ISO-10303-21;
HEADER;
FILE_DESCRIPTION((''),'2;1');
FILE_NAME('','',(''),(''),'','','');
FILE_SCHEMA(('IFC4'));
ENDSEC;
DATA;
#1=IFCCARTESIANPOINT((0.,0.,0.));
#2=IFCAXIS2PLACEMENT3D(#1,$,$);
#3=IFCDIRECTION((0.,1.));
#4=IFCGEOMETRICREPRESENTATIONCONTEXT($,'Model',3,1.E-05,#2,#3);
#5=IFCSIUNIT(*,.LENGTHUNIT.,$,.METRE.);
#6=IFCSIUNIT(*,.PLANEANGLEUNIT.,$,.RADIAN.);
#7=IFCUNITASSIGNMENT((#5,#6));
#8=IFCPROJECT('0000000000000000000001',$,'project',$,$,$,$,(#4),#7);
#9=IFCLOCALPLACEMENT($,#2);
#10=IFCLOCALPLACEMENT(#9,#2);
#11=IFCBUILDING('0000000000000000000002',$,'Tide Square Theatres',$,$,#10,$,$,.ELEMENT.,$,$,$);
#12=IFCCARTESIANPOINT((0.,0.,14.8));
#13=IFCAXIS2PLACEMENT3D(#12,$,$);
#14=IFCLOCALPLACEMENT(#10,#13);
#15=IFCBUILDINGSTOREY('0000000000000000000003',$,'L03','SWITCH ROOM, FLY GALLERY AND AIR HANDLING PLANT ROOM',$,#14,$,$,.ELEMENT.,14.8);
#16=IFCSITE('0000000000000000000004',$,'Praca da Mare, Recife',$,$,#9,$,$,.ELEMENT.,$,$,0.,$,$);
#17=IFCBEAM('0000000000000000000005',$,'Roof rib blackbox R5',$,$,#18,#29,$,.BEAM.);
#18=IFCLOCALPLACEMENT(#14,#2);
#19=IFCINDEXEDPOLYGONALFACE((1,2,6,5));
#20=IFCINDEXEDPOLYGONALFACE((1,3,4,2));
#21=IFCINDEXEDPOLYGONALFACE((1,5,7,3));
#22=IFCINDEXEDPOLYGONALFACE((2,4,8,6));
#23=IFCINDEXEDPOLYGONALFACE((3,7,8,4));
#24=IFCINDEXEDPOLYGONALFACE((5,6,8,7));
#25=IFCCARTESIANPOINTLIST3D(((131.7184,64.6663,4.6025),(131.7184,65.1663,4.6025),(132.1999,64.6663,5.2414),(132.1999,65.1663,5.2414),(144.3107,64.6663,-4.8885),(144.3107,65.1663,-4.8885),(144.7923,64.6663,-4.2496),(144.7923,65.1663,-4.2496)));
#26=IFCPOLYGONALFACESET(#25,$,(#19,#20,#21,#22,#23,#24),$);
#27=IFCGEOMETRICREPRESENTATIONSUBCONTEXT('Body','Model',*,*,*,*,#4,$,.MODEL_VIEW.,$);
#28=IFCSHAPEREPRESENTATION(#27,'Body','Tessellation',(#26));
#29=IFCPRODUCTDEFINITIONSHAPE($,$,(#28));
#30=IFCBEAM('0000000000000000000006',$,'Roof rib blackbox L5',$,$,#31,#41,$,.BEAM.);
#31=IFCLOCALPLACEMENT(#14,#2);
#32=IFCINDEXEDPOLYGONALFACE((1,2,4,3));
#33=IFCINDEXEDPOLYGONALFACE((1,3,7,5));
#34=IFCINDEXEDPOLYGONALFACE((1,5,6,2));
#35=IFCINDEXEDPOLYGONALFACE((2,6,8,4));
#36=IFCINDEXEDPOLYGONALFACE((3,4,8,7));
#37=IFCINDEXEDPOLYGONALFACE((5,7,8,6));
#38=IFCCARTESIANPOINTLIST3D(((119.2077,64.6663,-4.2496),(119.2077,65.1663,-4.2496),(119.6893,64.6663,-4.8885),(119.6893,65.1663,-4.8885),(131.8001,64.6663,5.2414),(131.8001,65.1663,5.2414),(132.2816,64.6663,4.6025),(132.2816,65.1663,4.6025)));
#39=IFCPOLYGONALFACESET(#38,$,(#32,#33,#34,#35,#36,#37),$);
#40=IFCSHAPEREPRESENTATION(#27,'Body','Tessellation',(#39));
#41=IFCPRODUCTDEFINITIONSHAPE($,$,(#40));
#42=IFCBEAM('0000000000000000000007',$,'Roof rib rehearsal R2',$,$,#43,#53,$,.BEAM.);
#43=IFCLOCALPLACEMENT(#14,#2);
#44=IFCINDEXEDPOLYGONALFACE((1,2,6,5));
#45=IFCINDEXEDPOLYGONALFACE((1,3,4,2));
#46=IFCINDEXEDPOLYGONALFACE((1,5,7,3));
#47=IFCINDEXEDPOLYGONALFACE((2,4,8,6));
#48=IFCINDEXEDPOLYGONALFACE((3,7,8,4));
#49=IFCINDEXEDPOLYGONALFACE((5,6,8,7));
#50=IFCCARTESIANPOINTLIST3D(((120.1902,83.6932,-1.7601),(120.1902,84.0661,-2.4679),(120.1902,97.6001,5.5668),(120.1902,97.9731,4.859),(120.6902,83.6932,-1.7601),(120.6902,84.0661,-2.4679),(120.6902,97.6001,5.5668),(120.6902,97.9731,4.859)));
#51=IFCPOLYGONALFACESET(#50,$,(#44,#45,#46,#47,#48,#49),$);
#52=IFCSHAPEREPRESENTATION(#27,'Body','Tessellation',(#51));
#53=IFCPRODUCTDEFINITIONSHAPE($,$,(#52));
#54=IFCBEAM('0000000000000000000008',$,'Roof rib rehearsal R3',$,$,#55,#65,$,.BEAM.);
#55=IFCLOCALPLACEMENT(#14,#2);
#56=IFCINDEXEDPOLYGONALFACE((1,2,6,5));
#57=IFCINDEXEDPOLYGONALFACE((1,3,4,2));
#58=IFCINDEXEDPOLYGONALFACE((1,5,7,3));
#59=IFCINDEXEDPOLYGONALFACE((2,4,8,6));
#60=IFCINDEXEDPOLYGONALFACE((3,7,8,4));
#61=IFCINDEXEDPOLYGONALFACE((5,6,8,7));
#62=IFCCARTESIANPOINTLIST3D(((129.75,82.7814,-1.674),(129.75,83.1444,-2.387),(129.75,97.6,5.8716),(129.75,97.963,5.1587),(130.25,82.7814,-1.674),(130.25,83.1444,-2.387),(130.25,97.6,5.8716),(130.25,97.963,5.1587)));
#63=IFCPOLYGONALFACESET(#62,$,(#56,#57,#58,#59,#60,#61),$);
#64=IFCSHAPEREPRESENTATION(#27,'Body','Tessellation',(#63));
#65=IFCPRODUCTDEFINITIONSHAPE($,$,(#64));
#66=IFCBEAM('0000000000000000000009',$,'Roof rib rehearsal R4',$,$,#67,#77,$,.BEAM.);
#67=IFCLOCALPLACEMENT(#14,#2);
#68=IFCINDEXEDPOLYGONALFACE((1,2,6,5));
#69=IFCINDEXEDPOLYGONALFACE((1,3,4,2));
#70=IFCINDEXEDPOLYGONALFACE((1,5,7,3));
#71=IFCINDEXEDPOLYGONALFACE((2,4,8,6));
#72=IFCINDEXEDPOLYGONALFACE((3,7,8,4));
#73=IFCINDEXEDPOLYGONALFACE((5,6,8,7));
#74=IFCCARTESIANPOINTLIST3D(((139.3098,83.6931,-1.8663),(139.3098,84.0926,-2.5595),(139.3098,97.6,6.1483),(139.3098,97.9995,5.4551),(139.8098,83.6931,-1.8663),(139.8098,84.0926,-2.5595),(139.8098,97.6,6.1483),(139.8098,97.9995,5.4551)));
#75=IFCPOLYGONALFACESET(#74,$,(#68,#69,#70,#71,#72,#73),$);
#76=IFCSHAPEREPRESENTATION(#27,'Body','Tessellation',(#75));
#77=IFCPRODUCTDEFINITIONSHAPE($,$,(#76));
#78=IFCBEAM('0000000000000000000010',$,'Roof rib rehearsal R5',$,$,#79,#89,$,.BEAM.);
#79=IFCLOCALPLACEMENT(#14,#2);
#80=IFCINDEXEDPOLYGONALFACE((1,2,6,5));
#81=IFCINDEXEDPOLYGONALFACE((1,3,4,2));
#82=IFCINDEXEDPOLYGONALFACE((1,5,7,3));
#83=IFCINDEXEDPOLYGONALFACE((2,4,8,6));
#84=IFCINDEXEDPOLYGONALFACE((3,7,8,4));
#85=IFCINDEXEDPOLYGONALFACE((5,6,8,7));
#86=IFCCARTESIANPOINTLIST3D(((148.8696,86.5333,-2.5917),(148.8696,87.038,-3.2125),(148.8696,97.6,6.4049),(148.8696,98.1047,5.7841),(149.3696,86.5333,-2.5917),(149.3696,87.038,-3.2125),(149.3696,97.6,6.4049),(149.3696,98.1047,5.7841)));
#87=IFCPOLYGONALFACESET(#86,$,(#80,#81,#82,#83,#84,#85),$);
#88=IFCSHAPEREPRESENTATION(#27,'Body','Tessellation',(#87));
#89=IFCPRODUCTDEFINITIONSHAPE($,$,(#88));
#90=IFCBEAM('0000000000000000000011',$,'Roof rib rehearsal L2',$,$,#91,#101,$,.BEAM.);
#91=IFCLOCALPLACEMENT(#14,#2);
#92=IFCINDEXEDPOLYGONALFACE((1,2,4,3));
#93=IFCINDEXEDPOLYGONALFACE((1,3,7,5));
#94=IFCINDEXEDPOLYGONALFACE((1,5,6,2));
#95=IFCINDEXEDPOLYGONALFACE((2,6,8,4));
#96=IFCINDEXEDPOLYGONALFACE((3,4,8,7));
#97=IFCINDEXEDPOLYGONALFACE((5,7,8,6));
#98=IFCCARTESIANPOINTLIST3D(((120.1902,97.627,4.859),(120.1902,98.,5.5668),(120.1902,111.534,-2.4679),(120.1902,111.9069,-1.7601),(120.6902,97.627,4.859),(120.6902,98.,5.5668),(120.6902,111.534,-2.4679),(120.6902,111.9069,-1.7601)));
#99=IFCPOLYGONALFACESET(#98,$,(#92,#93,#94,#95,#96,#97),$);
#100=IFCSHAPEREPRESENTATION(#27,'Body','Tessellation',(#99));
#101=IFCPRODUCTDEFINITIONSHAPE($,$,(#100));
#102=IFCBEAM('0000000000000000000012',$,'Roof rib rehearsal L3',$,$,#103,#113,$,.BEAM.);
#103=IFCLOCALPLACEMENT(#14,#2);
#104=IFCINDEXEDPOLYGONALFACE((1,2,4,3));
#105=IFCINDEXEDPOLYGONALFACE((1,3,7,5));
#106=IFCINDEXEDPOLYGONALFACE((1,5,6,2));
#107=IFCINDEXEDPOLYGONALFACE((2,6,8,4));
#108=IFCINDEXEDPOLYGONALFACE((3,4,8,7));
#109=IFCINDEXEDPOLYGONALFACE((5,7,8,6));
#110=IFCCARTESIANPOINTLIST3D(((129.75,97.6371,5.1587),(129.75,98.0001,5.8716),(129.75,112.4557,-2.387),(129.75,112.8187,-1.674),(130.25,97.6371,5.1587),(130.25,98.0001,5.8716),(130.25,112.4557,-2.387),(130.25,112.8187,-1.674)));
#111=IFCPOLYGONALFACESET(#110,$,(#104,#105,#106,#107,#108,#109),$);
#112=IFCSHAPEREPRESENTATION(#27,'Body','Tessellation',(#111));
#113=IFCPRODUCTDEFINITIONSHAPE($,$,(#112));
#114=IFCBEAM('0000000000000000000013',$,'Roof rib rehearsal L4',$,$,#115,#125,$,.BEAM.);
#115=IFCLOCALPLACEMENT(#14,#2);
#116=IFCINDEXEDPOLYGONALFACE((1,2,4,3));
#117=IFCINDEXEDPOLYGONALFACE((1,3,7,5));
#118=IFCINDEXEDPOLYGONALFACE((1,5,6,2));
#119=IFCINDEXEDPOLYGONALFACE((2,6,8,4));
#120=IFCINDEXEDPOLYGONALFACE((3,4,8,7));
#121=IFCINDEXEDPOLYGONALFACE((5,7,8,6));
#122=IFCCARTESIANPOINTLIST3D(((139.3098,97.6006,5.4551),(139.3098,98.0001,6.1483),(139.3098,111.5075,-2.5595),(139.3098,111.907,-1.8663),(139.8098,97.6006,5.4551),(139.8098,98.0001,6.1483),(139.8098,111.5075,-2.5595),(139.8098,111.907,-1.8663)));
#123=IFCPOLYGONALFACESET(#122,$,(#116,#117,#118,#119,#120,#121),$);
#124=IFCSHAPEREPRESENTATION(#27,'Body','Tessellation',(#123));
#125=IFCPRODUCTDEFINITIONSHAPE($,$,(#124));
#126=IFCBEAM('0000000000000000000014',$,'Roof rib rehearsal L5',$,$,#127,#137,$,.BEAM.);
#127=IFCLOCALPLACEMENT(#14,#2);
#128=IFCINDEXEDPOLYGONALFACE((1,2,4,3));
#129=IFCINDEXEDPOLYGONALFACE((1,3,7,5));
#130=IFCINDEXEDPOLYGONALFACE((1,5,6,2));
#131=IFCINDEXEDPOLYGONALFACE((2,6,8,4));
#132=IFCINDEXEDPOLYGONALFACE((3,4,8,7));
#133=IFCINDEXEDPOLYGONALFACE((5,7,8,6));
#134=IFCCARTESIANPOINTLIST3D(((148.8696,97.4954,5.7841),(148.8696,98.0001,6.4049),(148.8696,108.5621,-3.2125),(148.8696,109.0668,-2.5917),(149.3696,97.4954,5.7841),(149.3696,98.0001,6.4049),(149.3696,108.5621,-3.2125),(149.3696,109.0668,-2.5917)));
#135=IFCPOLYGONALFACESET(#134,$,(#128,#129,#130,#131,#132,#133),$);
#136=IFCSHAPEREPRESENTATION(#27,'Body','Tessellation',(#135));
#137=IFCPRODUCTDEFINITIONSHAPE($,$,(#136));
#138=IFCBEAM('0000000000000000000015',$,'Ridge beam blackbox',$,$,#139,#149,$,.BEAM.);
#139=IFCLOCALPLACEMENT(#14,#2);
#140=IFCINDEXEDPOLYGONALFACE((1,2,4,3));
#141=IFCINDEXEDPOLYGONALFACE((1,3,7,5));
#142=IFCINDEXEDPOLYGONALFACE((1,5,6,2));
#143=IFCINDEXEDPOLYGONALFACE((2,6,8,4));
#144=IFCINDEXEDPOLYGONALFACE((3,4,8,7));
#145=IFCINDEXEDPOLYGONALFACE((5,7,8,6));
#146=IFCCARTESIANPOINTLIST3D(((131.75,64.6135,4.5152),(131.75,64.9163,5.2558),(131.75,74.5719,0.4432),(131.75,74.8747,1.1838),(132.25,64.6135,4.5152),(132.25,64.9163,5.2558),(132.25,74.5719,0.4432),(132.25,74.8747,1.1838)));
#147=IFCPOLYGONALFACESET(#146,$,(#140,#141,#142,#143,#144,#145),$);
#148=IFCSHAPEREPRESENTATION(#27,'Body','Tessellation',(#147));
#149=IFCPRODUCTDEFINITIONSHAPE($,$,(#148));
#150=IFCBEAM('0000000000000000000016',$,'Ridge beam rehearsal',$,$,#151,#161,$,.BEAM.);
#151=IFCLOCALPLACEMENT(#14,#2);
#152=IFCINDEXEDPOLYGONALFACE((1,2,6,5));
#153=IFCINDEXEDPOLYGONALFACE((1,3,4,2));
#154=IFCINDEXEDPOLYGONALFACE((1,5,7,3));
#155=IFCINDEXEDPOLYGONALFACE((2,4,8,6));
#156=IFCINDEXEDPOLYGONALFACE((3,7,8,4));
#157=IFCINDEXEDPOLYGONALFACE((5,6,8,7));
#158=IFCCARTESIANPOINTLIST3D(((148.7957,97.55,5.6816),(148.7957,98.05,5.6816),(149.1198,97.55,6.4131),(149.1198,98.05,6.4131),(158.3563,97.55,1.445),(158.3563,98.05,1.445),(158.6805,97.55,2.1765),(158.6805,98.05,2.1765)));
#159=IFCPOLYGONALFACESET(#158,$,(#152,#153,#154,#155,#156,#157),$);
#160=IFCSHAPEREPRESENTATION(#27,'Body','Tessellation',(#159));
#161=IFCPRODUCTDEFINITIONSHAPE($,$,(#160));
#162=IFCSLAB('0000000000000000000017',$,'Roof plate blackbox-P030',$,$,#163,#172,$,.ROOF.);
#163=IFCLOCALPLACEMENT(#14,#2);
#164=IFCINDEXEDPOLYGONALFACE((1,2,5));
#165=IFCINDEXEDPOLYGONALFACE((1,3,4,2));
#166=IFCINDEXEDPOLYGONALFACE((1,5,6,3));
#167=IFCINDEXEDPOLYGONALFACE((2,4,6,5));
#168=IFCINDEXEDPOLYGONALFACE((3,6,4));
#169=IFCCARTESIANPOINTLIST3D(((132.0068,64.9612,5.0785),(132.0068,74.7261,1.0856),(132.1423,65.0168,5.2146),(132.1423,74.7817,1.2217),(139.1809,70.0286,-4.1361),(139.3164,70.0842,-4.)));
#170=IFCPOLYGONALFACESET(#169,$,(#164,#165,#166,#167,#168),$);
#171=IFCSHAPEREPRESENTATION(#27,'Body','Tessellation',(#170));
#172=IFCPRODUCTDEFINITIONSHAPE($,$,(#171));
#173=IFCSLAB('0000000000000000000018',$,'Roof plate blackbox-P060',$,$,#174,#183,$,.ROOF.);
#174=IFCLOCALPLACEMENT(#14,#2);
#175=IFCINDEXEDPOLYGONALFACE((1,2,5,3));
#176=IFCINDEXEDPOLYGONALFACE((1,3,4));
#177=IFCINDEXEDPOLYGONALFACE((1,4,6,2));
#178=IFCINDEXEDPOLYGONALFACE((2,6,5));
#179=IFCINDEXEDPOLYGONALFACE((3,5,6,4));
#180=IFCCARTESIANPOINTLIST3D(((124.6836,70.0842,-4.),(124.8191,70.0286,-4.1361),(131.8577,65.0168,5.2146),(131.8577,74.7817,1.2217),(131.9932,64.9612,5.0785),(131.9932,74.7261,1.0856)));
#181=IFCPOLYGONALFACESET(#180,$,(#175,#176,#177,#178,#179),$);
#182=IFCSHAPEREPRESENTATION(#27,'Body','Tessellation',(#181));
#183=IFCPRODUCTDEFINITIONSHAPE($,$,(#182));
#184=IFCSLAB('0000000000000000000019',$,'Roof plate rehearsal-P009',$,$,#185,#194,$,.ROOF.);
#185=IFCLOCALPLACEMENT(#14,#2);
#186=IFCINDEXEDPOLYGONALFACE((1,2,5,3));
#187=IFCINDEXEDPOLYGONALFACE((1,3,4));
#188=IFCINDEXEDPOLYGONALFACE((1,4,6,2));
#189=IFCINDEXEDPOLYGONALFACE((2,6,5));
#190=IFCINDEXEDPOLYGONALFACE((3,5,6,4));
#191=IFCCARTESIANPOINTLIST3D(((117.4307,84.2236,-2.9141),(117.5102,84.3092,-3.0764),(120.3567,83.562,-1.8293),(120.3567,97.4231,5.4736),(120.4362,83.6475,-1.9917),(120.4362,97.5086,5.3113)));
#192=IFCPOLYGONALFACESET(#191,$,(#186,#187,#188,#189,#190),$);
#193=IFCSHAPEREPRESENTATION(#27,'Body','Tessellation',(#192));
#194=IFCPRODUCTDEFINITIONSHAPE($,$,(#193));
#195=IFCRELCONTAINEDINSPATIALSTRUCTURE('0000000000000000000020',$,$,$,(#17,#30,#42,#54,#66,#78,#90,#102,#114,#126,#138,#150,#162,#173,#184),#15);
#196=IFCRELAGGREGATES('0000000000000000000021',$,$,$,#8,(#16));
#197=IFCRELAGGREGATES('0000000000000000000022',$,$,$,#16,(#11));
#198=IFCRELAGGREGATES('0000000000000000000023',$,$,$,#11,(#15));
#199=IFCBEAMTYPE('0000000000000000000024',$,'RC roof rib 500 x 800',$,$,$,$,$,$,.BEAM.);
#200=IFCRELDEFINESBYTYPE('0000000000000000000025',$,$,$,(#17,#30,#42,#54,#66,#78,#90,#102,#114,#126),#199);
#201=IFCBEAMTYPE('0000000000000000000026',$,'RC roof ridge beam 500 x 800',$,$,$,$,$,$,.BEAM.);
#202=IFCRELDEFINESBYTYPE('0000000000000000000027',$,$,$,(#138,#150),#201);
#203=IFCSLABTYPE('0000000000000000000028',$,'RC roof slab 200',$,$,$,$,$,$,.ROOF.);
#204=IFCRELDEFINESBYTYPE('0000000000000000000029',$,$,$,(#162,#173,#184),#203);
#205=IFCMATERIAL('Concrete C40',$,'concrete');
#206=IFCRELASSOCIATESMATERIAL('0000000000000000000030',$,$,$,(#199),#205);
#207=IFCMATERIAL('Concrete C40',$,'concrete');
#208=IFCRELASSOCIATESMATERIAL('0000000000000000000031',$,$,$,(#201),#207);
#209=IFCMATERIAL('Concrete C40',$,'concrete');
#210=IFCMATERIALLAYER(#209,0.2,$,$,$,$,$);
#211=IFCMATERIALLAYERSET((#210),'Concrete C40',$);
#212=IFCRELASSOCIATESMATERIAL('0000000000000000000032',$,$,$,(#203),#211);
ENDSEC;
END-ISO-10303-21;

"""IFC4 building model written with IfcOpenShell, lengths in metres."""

from ifc_helpers import new_model, si_unit, direction, frame, origin, origin_2d, place, context, subcontext, project, spatial, polyline, rectangle, outline, extrude, material, layer, layer_set, material_profile, profile_set, type_object, element, save


model = new_model("IFC4")

# Units and contexts
model_context = context("Model", 3, precision=1e-05, world=origin(), true_north=direction((0.0, 1.0)))
body_context = subcontext(model_context, "Body", "Model", "MODEL_VIEW")
ifc_project = project(units=[si_unit("LENGTHUNIT", "METRE"), si_unit("PLANEANGLEUNIT", "RADIAN")], contexts=[model_context])

# Site, building, storey
site_placement = place(None, origin())
site = spatial("IfcSite", under=ifc_project, at=site_placement, Name="Praca da Mare, Recife", CompositionType="ELEMENT", RefElevation=0.0)
building_placement = place(site_placement, origin())
building = spatial("IfcBuilding", under=site, at=building_placement, Name="Tide Square Theatres", CompositionType="ELEMENT")
storey_placement = place(building_placement, frame((0.0, 0.0, 14.8)))
storey = spatial("IfcBuildingStorey", under=building, at=storey_placement, Name="L03", Description="SWITCH ROOM, FLY GALLERY AND AIR HANDLING PLANT ROOM", CompositionType="ELEMENT", Elevation=14.8)

# Beams
ifc_material_1 = material(Name="Concrete C40", Category="concrete")
ifc_material_profile_1 = material_profile(ifc_material_1, rectangle(XDim=0.5, YDim=0.8, at=origin_2d()))
ifc_profile_set_1 = profile_set([ifc_material_profile_1], Name="Concrete C40")
beam_type_1 = type_object("IfcBeamType", Name="RC roof rib 500 x 800", PredefinedType="BEAM", material=ifc_profile_set_1)
for number, where, z_axis, x_axis, name in (
    (1, (144.5515, 64.9163, -4.5691), (-0.798575, 0.0, 0.601896), (0.0, -1.0, 0.0), "Roof rib blackbox R5"),
    (2, (119.4485, 64.9163, -4.5691), (0.798575, 0.0, 0.601896), (0.0, 1.0, 0.0), "Roof rib blackbox L5"),
):
    element("IfcBeam", number, at=place(storey_placement, frame(where, z_axis=z_axis, x_axis=x_axis)), inside=storey, type_object=beam_type_1, Name=name, PredefinedType="BEAM", context=body_context, shape_type="SweptSolid", body=[
        extrude(rectangle(XDim=0.5, YDim=0.8, at=origin_2d()), origin(), (0.0, 0.0, 1.0), 15.7686),
    ])
beam_1_placement = place(storey_placement, frame((120.4402, 83.8796, -2.114), z_axis=(0.0, 0.884723, 0.466117), x_axis=(-1.0, 0.0, 0.0)))
element("IfcBeam", 3, at=beam_1_placement, inside=storey, type_object=beam_type_1, Name="Roof rib rehearsal R2", PredefinedType="BEAM", context=body_context, shape_type="SweptSolid", body=[
    extrude(rectangle(XDim=0.5, YDim=0.8, at=origin_2d()), origin(), (0.0, 0.0, 1.0), 15.719),
])
beam_2_placement = place(storey_placement, frame((130.0, 82.9629, -2.0305), z_axis=(0.0, 0.891123, 0.453761), x_axis=(-1.0, 0.0, 0.0)))
element("IfcBeam", 4, at=beam_2_placement, inside=storey, type_object=beam_type_1, Name="Roof rib rehearsal R3", PredefinedType="BEAM", context=body_context, shape_type="SweptSolid", body=[
    extrude(rectangle(XDim=0.5, YDim=0.8, at=origin_2d()), origin(), (0.0, 0.0, 1.0), 16.6292),
])
beam_3_placement = place(storey_placement, frame((139.5598, 83.8928, -2.2129), z_axis=(0.0, 0.866418, 0.49932), x_axis=(-1.0, 0.0, 0.0)))
element("IfcBeam", 5, at=beam_3_placement, inside=storey, type_object=beam_type_1, Name="Roof rib rehearsal R4", PredefinedType="BEAM", context=body_context, shape_type="SweptSolid", body=[
    extrude(rectangle(XDim=0.5, YDim=0.8, at=origin_2d()), origin(), (0.0, 0.0, 1.0), 16.051),
])
beam_4_placement = place(storey_placement, frame((149.1196, 86.7856, -2.9021), z_axis=(0.0, 0.775945, 0.630801), x_axis=(-1.0, 0.0, 0.0)))
element("IfcBeam", 6, at=beam_4_placement, inside=storey, type_object=beam_type_1, Name="Roof rib rehearsal R5", PredefinedType="BEAM", context=body_context, shape_type="SweptSolid", body=[
    extrude(rectangle(XDim=0.5, YDim=0.8, at=origin_2d()), origin(), (0.0, 0.0, 1.0), 14.2622),
])
beam_5_placement = place(storey_placement, frame((120.4402, 111.7205, -2.114), z_axis=(0.0, -0.884723, 0.466117), x_axis=(1.0, 0.0, 0.0)))
element("IfcBeam", 7, at=beam_5_placement, inside=storey, type_object=beam_type_1, Name="Roof rib rehearsal L2", PredefinedType="BEAM", context=body_context, shape_type="SweptSolid", body=[
    extrude(rectangle(XDim=0.5, YDim=0.8, at=origin_2d()), origin(), (0.0, 0.0, 1.0), 15.719),
])
beam_6_placement = place(storey_placement, frame((130.0, 112.6372, -2.0305), z_axis=(0.0, -0.891123, 0.453761), x_axis=(1.0, 0.0, 0.0)))
element("IfcBeam", 8, at=beam_6_placement, inside=storey, type_object=beam_type_1, Name="Roof rib rehearsal L3", PredefinedType="BEAM", context=body_context, shape_type="SweptSolid", body=[
    extrude(rectangle(XDim=0.5, YDim=0.8, at=origin_2d()), origin(), (0.0, 0.0, 1.0), 16.6292),
])
beam_7_placement = place(storey_placement, frame((139.5598, 111.7073, -2.2129), z_axis=(0.0, -0.866418, 0.49932), x_axis=(1.0, 0.0, 0.0)))
element("IfcBeam", 9, at=beam_7_placement, inside=storey, type_object=beam_type_1, Name="Roof rib rehearsal L4", PredefinedType="BEAM", context=body_context, shape_type="SweptSolid", body=[
    extrude(rectangle(XDim=0.5, YDim=0.8, at=origin_2d()), origin(), (0.0, 0.0, 1.0), 16.051),
])
beam_8_placement = place(storey_placement, frame((149.1196, 108.8145, -2.9021), z_axis=(0.0, -0.775945, 0.630801), x_axis=(1.0, 0.0, 0.0)))
element("IfcBeam", 10, at=beam_8_placement, inside=storey, type_object=beam_type_1, Name="Roof rib rehearsal L5", PredefinedType="BEAM", context=body_context, shape_type="SweptSolid", body=[
    extrude(rectangle(XDim=0.5, YDim=0.8, at=origin_2d()), origin(), (0.0, 0.0, 1.0), 14.2622),
])
ifc_material_2 = material(Name="Concrete C40", Category="concrete")
ifc_material_profile_2 = material_profile(ifc_material_2, rectangle(XDim=0.5, YDim=0.8, at=origin_2d()))
ifc_profile_set_2 = profile_set([ifc_material_profile_2], Name="Concrete C40")
beam_type_2 = type_object("IfcBeamType", Name="RC roof ridge beam 500 x 800", PredefinedType="BEAM", material=ifc_profile_set_2)
beam_9_placement = place(storey_placement, frame((132.0, 64.7649, 4.8855), z_axis=(0.0, 0.925609, -0.378481), x_axis=(-1.0, 0.0, 0.0)))
element("IfcBeam", 11, at=beam_9_placement, inside=storey, type_object=beam_type_2, Name="Ridge beam blackbox", PredefinedType="BEAM", context=body_context, shape_type="SweptSolid", body=[
    extrude(rectangle(XDim=0.5, YDim=0.8, at=origin_2d()), origin(), (0.0, 0.0, 1.0), 10.7588),
])
beam_10_placement = place(storey_placement, frame((148.9578, 97.8, 6.0474), z_axis=(0.914257, 0.0, -0.405135), x_axis=(0.0, 1.0, 0.0)))
element("IfcBeam", 12, at=beam_10_placement, inside=storey, type_object=beam_type_2, Name="Ridge beam rehearsal", PredefinedType="BEAM", context=body_context, shape_type="SweptSolid", body=[
    extrude(rectangle(XDim=0.5, YDim=0.8, at=origin_2d()), origin(), (0.0, 0.0, 1.0), 10.4573),
])

# Slabs
ifc_material_3 = material(Name="Concrete C40", Category="concrete")
ifc_layer = layer(ifc_material_3, 0.2)
ifc_layer_set = layer_set([ifc_layer], Name="Concrete C40")
slab_type = type_object("IfcSlabType", Name="RC roof slab 200", PredefinedType="ROOF", material=ifc_layer_set)
slab_1_placement = place(storey_placement, frame((139.3164, 70.0842, -4.0), z_axis=(0.677668, 0.278326, 0.680662), x_axis=(-0.714555, 0.467884, 0.520092)))
element("IfcSlab", 13, at=slab_1_placement, inside=storey, type_object=slab_type, Name="Roof plate blackbox-P030", PredefinedType="ROOF", context=body_context, shape_type="SweptSolid", body=[
    extrude(outline(polyline([(0.0, 0.0), (10.0399, 0.0), (7.5478, 10.2511), (0.0, 0.0)])), origin(), (0.0, 0.0, -1.0), 0.2),
])
slab_2_placement = place(storey_placement, frame((124.6836, 70.0842, -4.0), z_axis=(-0.677668, 0.278326, 0.680662), x_axis=(0.563554, -0.398064, 0.723846)))
element("IfcSlab", 14, at=slab_2_placement, inside=storey, type_object=slab_type, Name="Roof plate blackbox-P060", PredefinedType="ROOF", context=body_context, shape_type="SweptSolid", body=[
    extrude(outline(polyline([(0.0, 0.0), (12.7301, 0.0), (5.9528, 8.0848), (0.0, 0.0)])), origin(), (0.0, 0.0, -1.0), 0.2),
])
slab_3_placement = place(storey_placement, frame((117.4307, 84.2236, -2.9141), z_axis=(-0.39764, -0.427693, 0.811764), x_axis=(0.917255, -0.207406, 0.340039)))
element("IfcSlab", 15, at=slab_3_placement, inside=storey, type_object=slab_type, Name="Roof plate rehearsal-P009", PredefinedType="ROOF", context=body_context, shape_type="SweptSolid", body=[
    extrude(outline(polyline([(0.0, 0.0), (3.19, 0.0), (2.7984, 15.6624), (0.0, 0.0)])), origin(), (0.0, 0.0, -1.0), 0.2),
])

save(model, "model.ifc")
